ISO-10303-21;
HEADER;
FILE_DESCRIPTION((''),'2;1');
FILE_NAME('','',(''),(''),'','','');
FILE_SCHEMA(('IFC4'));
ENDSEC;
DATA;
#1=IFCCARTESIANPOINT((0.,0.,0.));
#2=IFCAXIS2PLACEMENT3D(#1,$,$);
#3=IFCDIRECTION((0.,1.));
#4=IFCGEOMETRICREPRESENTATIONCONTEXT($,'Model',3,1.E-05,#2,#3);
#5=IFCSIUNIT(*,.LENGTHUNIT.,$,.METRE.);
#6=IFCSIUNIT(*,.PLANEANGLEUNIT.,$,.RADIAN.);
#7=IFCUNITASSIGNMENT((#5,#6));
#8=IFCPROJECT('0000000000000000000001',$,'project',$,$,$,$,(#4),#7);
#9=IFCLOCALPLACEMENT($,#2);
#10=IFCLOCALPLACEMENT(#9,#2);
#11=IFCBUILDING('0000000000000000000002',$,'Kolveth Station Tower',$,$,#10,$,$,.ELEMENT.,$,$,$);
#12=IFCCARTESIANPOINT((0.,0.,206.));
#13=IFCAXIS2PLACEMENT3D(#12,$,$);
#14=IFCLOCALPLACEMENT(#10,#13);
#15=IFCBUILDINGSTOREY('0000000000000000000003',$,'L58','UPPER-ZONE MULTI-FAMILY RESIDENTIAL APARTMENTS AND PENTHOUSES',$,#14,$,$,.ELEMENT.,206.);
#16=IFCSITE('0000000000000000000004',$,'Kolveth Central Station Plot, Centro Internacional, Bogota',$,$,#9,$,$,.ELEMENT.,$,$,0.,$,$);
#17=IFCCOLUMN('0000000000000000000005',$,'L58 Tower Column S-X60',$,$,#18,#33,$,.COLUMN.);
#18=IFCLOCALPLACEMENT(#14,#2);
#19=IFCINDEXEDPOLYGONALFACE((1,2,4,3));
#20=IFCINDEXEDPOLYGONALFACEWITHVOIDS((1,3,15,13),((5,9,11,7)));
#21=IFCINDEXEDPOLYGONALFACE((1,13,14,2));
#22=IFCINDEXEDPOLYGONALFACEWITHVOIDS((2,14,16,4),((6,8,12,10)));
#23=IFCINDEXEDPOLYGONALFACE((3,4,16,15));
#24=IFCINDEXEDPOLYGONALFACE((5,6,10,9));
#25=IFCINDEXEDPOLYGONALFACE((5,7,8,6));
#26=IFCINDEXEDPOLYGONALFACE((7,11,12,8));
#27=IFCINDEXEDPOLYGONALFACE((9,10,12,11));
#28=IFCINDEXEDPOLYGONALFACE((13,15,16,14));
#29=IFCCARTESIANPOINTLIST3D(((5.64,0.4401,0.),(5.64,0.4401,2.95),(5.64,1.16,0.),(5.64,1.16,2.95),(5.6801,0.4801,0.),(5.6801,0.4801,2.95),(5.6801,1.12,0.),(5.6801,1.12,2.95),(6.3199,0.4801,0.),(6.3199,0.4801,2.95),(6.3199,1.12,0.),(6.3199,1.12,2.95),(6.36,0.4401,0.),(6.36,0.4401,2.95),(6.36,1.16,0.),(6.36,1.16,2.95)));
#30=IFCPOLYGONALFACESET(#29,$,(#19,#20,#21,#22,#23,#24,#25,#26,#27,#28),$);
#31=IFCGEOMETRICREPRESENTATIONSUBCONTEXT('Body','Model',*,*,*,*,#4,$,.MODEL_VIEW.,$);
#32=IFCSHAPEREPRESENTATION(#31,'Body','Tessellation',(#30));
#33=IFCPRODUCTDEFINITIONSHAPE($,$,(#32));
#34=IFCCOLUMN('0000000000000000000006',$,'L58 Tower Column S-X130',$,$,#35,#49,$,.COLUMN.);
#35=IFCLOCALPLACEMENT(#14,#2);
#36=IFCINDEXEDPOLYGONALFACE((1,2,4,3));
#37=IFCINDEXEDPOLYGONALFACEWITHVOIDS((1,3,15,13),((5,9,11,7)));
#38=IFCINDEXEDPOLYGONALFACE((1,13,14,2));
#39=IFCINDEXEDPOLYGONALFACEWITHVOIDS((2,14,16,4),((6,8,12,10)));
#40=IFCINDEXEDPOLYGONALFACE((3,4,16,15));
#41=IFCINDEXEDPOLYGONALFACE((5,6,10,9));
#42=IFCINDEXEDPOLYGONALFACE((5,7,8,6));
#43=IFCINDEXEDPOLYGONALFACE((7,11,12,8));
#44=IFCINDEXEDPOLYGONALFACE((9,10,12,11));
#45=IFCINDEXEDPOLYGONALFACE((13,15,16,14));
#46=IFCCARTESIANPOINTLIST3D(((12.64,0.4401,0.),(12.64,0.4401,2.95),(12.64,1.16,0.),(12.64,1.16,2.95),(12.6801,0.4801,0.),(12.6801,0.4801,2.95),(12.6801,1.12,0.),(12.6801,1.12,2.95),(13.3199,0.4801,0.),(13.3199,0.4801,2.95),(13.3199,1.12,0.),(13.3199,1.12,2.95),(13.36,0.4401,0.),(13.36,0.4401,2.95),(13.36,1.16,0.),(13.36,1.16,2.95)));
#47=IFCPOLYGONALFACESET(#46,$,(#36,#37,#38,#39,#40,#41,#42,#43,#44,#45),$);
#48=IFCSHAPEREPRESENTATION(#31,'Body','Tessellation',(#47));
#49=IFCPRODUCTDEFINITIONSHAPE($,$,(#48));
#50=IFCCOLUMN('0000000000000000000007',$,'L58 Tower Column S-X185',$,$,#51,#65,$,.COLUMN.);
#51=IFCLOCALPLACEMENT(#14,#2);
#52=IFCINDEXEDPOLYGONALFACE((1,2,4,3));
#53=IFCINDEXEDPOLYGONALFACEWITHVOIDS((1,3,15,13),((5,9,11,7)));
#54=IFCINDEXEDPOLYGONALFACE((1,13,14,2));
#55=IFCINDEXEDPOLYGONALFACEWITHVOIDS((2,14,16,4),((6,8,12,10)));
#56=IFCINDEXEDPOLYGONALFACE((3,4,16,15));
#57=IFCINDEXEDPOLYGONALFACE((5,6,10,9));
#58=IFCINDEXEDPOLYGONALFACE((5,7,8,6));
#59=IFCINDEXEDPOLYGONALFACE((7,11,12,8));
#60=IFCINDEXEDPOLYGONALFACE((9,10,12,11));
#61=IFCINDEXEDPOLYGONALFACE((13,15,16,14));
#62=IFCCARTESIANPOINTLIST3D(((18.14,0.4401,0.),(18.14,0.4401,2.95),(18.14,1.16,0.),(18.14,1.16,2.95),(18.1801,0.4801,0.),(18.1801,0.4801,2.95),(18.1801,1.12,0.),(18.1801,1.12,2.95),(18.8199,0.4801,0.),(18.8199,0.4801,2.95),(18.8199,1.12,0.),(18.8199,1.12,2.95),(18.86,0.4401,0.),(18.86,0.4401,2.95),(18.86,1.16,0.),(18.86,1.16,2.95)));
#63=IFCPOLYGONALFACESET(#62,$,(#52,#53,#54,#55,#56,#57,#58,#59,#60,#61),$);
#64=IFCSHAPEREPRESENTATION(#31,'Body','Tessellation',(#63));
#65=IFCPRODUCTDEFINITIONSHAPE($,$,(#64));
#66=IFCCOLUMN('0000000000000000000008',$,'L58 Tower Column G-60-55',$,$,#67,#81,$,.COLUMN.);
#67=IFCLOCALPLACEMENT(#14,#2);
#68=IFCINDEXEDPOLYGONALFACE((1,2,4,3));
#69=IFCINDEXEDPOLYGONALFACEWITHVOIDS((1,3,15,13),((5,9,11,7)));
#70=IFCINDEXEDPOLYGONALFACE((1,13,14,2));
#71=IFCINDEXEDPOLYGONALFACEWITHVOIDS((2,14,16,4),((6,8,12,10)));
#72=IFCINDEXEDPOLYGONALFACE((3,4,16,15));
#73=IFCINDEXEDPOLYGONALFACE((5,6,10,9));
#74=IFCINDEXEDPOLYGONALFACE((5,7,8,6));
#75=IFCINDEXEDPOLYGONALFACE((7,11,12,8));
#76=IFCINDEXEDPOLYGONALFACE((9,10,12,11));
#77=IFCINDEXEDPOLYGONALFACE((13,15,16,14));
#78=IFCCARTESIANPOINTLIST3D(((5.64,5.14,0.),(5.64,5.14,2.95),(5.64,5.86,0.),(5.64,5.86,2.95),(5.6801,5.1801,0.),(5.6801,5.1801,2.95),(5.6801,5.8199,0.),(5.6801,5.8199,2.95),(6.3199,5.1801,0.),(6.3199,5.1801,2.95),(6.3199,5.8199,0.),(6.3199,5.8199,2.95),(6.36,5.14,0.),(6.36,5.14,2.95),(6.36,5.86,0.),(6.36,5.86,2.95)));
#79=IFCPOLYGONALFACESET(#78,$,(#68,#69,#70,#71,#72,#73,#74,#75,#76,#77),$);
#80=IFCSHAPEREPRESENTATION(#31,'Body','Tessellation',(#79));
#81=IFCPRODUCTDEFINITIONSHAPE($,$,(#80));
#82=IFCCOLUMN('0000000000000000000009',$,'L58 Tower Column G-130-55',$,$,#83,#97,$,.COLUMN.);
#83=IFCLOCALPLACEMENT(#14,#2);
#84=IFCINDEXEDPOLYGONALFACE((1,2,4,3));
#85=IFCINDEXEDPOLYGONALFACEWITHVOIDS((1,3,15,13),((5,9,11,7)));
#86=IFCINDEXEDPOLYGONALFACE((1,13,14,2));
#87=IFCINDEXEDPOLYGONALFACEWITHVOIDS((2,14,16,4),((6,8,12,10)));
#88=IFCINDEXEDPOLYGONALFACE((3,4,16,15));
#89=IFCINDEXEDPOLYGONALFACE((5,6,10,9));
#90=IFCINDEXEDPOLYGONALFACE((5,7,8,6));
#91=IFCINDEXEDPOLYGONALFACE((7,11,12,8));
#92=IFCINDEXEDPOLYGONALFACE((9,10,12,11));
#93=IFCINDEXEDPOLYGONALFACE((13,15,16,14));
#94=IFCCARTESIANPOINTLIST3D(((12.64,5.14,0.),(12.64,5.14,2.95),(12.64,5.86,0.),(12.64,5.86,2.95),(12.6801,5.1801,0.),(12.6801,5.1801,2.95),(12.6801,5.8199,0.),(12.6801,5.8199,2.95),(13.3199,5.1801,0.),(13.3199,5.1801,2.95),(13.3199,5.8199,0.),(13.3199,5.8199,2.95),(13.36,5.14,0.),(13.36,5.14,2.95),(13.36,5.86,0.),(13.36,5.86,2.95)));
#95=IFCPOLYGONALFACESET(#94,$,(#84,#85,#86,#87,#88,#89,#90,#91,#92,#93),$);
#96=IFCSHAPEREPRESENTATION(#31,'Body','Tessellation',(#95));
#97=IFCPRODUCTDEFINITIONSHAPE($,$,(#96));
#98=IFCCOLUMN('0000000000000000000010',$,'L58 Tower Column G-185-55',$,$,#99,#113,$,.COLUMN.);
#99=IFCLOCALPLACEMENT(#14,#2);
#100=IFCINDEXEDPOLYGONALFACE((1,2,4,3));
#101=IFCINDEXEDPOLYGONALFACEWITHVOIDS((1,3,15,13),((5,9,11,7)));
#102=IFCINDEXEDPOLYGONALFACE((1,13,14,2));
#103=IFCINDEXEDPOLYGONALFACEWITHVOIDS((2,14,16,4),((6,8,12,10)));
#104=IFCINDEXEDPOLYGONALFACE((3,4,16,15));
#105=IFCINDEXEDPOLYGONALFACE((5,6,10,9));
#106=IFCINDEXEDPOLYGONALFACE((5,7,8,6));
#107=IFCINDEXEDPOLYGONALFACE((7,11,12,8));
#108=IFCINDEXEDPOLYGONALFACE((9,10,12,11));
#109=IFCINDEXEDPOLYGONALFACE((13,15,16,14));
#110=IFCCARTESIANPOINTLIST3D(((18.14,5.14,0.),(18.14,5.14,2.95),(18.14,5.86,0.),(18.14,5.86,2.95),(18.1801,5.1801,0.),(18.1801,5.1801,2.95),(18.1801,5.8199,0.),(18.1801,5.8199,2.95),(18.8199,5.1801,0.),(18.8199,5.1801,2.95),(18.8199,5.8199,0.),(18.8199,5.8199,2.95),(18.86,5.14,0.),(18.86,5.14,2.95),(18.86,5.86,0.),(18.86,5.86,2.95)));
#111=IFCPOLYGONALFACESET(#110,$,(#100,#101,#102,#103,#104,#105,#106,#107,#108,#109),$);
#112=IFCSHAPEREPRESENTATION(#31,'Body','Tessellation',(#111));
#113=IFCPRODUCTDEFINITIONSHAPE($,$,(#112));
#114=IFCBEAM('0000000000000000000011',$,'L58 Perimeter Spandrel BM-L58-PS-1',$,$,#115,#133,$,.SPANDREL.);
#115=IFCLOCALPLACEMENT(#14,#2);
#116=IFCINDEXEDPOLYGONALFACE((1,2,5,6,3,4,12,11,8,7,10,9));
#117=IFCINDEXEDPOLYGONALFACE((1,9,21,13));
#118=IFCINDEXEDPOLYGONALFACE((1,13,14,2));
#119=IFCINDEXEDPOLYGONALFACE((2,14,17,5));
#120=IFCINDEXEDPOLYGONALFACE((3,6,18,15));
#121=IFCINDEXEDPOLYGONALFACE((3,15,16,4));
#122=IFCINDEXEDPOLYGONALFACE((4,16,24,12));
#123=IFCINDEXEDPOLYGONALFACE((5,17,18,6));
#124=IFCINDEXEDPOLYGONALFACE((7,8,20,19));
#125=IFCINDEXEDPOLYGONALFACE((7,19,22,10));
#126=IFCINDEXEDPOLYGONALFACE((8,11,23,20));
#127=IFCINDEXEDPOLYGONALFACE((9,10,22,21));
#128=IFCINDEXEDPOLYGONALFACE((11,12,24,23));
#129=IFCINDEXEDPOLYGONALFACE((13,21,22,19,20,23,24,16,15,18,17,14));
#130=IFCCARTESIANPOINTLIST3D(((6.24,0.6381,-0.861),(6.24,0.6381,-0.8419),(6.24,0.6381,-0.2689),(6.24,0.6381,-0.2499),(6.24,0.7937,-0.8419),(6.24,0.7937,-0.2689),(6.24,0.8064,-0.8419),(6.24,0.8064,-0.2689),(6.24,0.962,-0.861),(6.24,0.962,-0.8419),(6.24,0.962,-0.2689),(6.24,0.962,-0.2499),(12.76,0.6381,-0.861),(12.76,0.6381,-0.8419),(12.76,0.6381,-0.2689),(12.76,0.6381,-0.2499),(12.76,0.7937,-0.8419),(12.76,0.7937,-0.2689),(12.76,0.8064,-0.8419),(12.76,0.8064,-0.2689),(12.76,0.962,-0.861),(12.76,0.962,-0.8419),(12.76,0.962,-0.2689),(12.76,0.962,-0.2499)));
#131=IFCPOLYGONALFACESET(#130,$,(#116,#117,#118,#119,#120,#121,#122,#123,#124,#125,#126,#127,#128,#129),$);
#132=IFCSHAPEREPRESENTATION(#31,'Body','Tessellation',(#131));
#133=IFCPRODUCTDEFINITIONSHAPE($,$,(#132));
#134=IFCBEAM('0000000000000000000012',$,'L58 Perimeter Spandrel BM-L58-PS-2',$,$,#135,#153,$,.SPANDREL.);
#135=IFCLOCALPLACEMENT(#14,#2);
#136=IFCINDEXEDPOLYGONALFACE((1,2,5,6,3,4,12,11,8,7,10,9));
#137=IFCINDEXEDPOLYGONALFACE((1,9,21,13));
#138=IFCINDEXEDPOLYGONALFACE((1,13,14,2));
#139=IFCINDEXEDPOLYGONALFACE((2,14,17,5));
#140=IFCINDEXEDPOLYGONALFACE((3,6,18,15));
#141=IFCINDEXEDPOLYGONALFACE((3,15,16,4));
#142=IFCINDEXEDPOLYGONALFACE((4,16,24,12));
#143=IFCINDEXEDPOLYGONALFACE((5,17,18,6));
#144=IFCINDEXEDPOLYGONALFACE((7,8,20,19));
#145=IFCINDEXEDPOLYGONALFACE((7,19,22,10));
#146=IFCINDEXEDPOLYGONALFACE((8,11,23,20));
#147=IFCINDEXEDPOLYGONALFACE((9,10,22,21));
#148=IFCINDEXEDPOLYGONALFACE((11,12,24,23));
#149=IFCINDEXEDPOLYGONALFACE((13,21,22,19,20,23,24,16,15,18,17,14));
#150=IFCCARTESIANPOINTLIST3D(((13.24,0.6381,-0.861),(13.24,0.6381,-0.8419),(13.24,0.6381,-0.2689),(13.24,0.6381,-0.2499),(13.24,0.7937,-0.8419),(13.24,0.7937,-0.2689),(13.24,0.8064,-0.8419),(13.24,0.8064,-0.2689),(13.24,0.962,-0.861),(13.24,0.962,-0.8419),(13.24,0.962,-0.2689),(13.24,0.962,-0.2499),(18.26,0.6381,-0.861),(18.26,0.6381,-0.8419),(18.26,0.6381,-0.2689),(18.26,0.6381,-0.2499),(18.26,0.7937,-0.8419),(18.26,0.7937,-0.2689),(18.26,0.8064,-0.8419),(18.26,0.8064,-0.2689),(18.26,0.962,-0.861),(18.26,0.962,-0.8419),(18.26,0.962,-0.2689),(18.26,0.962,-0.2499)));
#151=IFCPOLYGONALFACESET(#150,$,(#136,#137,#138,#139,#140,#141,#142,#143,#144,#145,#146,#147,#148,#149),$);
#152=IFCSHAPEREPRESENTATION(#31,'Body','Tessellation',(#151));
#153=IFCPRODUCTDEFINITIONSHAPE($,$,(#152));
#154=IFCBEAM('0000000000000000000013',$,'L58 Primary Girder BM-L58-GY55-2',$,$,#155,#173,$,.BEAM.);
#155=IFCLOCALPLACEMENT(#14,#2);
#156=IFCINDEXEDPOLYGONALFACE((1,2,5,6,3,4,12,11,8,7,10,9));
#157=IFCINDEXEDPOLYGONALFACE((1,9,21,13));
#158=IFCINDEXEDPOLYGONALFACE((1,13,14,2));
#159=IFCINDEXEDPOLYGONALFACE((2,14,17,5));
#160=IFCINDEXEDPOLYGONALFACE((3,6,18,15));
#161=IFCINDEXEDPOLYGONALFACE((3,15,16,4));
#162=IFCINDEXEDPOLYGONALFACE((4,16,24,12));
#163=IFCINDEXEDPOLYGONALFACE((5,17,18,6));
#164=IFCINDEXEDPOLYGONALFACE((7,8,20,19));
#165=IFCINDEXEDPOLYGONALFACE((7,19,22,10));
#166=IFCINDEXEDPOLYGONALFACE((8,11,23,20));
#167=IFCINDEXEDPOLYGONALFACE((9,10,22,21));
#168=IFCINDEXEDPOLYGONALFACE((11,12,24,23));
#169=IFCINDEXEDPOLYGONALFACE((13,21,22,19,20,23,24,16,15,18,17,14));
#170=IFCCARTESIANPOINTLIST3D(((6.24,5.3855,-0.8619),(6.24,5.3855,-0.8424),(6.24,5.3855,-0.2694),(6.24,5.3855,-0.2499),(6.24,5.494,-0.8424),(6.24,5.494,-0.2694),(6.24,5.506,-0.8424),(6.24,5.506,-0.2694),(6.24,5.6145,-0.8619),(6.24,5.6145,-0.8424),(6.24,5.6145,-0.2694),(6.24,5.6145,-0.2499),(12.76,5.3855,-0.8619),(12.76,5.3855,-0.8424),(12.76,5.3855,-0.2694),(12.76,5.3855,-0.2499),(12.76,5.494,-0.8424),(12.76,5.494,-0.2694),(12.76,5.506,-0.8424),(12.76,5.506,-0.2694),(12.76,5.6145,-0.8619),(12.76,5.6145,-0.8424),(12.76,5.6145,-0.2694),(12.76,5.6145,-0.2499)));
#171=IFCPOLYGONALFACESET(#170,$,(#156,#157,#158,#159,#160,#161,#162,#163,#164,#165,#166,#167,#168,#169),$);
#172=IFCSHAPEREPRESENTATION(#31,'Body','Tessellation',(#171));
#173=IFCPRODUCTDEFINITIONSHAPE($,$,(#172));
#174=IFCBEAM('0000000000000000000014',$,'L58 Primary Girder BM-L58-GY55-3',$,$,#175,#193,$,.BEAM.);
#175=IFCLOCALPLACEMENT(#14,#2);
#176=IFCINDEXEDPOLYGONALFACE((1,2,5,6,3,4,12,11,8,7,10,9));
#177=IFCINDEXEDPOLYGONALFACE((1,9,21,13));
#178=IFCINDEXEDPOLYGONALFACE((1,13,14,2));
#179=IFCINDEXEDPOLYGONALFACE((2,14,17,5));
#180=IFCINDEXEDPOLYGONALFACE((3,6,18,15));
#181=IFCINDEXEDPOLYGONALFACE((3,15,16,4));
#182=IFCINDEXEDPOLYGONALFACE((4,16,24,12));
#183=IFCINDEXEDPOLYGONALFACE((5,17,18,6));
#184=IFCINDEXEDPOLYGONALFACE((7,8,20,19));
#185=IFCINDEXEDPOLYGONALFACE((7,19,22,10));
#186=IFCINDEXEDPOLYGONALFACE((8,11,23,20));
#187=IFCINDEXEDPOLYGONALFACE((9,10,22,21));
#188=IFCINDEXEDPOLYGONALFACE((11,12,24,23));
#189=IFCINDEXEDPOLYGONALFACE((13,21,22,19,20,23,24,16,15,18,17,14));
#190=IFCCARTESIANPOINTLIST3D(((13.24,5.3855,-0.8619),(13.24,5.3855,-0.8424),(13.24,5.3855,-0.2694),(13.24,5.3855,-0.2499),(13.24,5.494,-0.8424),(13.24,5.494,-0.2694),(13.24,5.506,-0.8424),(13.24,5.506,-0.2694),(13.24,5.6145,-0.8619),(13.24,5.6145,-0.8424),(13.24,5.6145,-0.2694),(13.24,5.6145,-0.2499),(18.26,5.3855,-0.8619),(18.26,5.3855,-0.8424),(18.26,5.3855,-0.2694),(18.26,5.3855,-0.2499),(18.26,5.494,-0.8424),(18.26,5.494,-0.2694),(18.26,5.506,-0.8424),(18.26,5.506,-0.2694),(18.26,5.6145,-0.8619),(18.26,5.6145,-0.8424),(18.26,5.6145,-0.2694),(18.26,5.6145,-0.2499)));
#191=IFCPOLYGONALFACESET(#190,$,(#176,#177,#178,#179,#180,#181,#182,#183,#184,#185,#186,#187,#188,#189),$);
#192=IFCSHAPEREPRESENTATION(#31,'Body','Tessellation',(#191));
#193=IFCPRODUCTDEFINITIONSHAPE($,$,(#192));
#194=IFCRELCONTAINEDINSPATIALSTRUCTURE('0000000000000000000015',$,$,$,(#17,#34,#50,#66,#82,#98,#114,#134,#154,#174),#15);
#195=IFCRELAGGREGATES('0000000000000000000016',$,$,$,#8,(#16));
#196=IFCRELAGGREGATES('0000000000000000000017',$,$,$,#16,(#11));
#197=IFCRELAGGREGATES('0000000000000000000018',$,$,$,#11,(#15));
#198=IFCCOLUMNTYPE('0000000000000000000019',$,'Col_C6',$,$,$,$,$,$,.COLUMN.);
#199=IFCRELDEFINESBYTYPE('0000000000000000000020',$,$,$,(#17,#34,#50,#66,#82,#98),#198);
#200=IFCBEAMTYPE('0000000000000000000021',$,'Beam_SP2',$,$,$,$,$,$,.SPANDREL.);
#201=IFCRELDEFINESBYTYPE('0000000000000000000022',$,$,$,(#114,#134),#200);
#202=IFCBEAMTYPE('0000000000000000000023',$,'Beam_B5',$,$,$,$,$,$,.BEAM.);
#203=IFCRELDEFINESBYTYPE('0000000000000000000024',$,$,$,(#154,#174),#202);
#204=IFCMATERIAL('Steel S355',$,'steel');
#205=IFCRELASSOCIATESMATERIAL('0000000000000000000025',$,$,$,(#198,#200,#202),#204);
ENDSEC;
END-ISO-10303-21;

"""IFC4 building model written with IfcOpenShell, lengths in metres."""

from ifc_helpers import new_model, si_unit, direction, frame, origin, origin_2d, place, context, subcontext, project, spatial, hollow_rectangle, i_section, extrude, source, transform, mapped, material, material_profile, profile_set, type_object, element, save


model = new_model("IFC4")

# Units and contexts
model_context = context("Model", 3, precision=1e-05, world=origin(), true_north=direction((0.0, 1.0)))
body_context = subcontext(model_context, "Body", "Model", "MODEL_VIEW")
ifc_project = project(units=[si_unit("LENGTHUNIT", "METRE"), si_unit("PLANEANGLEUNIT", "RADIAN")], contexts=[model_context])

# Site, building, storey
site_placement = place(None, origin())
site = spatial("IfcSite", under=ifc_project, at=site_placement, Name="Kolveth Central Station Plot, Centro Internacional, Bogota", CompositionType="ELEMENT", RefElevation=0.0)
building_placement = place(site_placement, origin())
building = spatial("IfcBuilding", under=site, at=building_placement, Name="Kolveth Station Tower", CompositionType="ELEMENT")
storey_placement = place(building_placement, frame((0.0, 0.0, 206.0)))
storey = spatial("IfcBuildingStorey", under=building, at=storey_placement, Name="L58", Description="UPPER-ZONE MULTI-FAMILY RESIDENTIAL APARTMENTS AND PENTHOUSES", CompositionType="ELEMENT", Elevation=206.0)

# Columns
ifc_material_1 = material(Name="Steel S355", Category="steel")
ifc_material_profile_1 = material_profile(ifc_material_1, hollow_rectangle(XDim=0.72, YDim=0.72, WallThickness=0.04, at=origin_2d()), Name="BOX720x720x40")
ifc_profile_set_1 = profile_set([ifc_material_profile_1], Name="Steel S355")
column_type = type_object("IfcColumnType", Name="Col_C6", PredefinedType="COLUMN", material=ifc_profile_set_1)
shared_shape_1 = source(origin(), body_context, "Body", "SweptSolid", [
    extrude(hollow_rectangle(XDim=0.72, YDim=0.72, WallThickness=0.04, at=origin_2d()), origin(), (0.0, 0.0, 1.0), 2.95),
])
for number, where, z_axis, x_axis, name in (
    (1, (6.0, 0.8, 0.0), (0.0, 0.0, 1.0), (1.0, 0.0, 0.0), "L58 Tower Column S-X60"),
    (2, (13.0, 0.8, 0.0), (0.0, 0.0, 1.0), (1.0, 0.0, 0.0), "L58 Tower Column S-X130"),
    (3, (18.5, 0.8, 0.0), (0.0, 0.0, 1.0), (1.0, 0.0, 0.0), "L58 Tower Column S-X185"),
    (4, (6.0, 5.5, 0.0), (0.0, 0.0, 1.0), (1.0, 0.0, 0.0), "L58 Tower Column G-60-55"),
    (5, (13.0, 5.5, 0.0), (0.0, 0.0, 1.0), (1.0, 0.0, 0.0), "L58 Tower Column G-130-55"),
    (6, (18.5, 5.5, 0.0), (0.0, 0.0, 1.0), (1.0, 0.0, 0.0), "L58 Tower Column G-185-55"),
):
    element("IfcColumn", number, at=place(storey_placement, frame(where, z_axis=z_axis, x_axis=x_axis)), inside=storey, type_object=column_type, Name=name, PredefinedType="COLUMN", context=body_context, shape_type="MappedRepresentation", body=[
        mapped(shared_shape_1, transform((0.0, 0.0, 0.0), x_axis=(1.0, 0.0, 0.0), y_axis=(0.0, 1.0, 0.0), z_axis=(0.0, 0.0, 1.0), scale=1.0)),
    ])

# Beams
ifc_material_profile_2 = material_profile(ifc_material_1, i_section(OverallWidth=0.324, OverallDepth=0.6111, WebThickness=0.0127, FlangeThickness=0.019, at=origin_2d()), Name="W610x155")
ifc_profile_set_2 = profile_set([ifc_material_profile_2], Name="Steel S355")
beam_type_1 = type_object("IfcBeamType", Name="Beam_SP2", PredefinedType="SPANDREL", material=ifc_profile_set_2)
shared_shape_2 = source(origin(), body_context, "Body", "SweptSolid", [
    extrude(i_section(OverallWidth=0.324, OverallDepth=0.6111, WebThickness=0.0127, FlangeThickness=0.019, at=origin_2d()), origin(), (0.0, 0.0, 1.0), 6.52),
])
beam_1_placement = place(storey_placement, frame((6.24, 0.8, -0.5554), z_axis=(1.0, 0.0, 0.0), x_axis=(0.0, 1.0, 0.0)))
element("IfcBeam", 7, at=beam_1_placement, inside=storey, type_object=beam_type_1, Name="L58 Perimeter Spandrel BM-L58-PS-1", PredefinedType="SPANDREL", context=body_context, shape_type="MappedRepresentation", body=[
    mapped(shared_shape_2, transform((0.0, 0.0, 0.0), x_axis=(1.0, 0.0, 0.0), y_axis=(0.0, 1.0, 0.0), z_axis=(0.0, 0.0, 1.0), scale=1.0)),
])
shared_shape_3 = source(origin(), body_context, "Body", "SweptSolid", [
    extrude(i_section(OverallWidth=0.324, OverallDepth=0.6111, WebThickness=0.0127, FlangeThickness=0.019, at=origin_2d()), origin(), (0.0, 0.0, 1.0), 5.02),
])
beam_2_placement = place(storey_placement, frame((13.24, 0.8, -0.5554), z_axis=(1.0, 0.0, 0.0), x_axis=(0.0, 1.0, 0.0)))
element("IfcBeam", 8, at=beam_2_placement, inside=storey, type_object=beam_type_1, Name="L58 Perimeter Spandrel BM-L58-PS-2", PredefinedType="SPANDREL", context=body_context, shape_type="MappedRepresentation", body=[
    mapped(shared_shape_3, transform((0.0, 0.0, 0.0), x_axis=(1.0, 0.0, 0.0), y_axis=(0.0, 1.0, 0.0), z_axis=(0.0, 0.0, 1.0), scale=1.0)),
])
ifc_material_profile_3 = material_profile(ifc_material_1, i_section(OverallWidth=0.229, OverallDepth=0.6121, WebThickness=0.012, FlangeThickness=0.0195, at=origin_2d()), Name="W610x125")
ifc_profile_set_3 = profile_set([ifc_material_profile_3], Name="Steel S355")
beam_type_2 = type_object("IfcBeamType", Name="Beam_B5", PredefinedType="BEAM", material=ifc_profile_set_3)
shared_shape_4 = source(origin(), body_context, "Body", "SweptSolid", [
    extrude(i_section(OverallWidth=0.229, OverallDepth=0.6121, WebThickness=0.012, FlangeThickness=0.0195, at=origin_2d()), origin(), (0.0, 0.0, 1.0), 6.52),
])
beam_3_placement = place(storey_placement, frame((6.24, 5.5, -0.5559), z_axis=(1.0, 0.0, 0.0), x_axis=(0.0, 1.0, 0.0)))
element("IfcBeam", 9, at=beam_3_placement, inside=storey, type_object=beam_type_2, Name="L58 Primary Girder BM-L58-GY55-2", PredefinedType="BEAM", context=body_context, shape_type="MappedRepresentation", body=[
    mapped(shared_shape_4, transform((0.0, 0.0, 0.0), x_axis=(1.0, 0.0, 0.0), y_axis=(0.0, 1.0, 0.0), z_axis=(0.0, 0.0, 1.0), scale=1.0)),
])
shared_shape_5 = source(origin(), body_context, "Body", "SweptSolid", [
    extrude(i_section(OverallWidth=0.229, OverallDepth=0.6121, WebThickness=0.012, FlangeThickness=0.0195, at=origin_2d()), origin(), (0.0, 0.0, 1.0), 5.02),
])
beam_4_placement = place(storey_placement, frame((13.24, 5.5, -0.5559), z_axis=(1.0, 0.0, 0.0), x_axis=(0.0, 1.0, 0.0)))
element("IfcBeam", 10, at=beam_4_placement, inside=storey, type_object=beam_type_2, Name="L58 Primary Girder BM-L58-GY55-3", PredefinedType="BEAM", context=body_context, shape_type="MappedRepresentation", body=[
    mapped(shared_shape_5, transform((0.0, 0.0, 0.0), x_axis=(1.0, 0.0, 0.0), y_axis=(0.0, 1.0, 0.0), z_axis=(0.0, 0.0, 1.0), scale=1.0)),
])

save(model, "model.ifc")
